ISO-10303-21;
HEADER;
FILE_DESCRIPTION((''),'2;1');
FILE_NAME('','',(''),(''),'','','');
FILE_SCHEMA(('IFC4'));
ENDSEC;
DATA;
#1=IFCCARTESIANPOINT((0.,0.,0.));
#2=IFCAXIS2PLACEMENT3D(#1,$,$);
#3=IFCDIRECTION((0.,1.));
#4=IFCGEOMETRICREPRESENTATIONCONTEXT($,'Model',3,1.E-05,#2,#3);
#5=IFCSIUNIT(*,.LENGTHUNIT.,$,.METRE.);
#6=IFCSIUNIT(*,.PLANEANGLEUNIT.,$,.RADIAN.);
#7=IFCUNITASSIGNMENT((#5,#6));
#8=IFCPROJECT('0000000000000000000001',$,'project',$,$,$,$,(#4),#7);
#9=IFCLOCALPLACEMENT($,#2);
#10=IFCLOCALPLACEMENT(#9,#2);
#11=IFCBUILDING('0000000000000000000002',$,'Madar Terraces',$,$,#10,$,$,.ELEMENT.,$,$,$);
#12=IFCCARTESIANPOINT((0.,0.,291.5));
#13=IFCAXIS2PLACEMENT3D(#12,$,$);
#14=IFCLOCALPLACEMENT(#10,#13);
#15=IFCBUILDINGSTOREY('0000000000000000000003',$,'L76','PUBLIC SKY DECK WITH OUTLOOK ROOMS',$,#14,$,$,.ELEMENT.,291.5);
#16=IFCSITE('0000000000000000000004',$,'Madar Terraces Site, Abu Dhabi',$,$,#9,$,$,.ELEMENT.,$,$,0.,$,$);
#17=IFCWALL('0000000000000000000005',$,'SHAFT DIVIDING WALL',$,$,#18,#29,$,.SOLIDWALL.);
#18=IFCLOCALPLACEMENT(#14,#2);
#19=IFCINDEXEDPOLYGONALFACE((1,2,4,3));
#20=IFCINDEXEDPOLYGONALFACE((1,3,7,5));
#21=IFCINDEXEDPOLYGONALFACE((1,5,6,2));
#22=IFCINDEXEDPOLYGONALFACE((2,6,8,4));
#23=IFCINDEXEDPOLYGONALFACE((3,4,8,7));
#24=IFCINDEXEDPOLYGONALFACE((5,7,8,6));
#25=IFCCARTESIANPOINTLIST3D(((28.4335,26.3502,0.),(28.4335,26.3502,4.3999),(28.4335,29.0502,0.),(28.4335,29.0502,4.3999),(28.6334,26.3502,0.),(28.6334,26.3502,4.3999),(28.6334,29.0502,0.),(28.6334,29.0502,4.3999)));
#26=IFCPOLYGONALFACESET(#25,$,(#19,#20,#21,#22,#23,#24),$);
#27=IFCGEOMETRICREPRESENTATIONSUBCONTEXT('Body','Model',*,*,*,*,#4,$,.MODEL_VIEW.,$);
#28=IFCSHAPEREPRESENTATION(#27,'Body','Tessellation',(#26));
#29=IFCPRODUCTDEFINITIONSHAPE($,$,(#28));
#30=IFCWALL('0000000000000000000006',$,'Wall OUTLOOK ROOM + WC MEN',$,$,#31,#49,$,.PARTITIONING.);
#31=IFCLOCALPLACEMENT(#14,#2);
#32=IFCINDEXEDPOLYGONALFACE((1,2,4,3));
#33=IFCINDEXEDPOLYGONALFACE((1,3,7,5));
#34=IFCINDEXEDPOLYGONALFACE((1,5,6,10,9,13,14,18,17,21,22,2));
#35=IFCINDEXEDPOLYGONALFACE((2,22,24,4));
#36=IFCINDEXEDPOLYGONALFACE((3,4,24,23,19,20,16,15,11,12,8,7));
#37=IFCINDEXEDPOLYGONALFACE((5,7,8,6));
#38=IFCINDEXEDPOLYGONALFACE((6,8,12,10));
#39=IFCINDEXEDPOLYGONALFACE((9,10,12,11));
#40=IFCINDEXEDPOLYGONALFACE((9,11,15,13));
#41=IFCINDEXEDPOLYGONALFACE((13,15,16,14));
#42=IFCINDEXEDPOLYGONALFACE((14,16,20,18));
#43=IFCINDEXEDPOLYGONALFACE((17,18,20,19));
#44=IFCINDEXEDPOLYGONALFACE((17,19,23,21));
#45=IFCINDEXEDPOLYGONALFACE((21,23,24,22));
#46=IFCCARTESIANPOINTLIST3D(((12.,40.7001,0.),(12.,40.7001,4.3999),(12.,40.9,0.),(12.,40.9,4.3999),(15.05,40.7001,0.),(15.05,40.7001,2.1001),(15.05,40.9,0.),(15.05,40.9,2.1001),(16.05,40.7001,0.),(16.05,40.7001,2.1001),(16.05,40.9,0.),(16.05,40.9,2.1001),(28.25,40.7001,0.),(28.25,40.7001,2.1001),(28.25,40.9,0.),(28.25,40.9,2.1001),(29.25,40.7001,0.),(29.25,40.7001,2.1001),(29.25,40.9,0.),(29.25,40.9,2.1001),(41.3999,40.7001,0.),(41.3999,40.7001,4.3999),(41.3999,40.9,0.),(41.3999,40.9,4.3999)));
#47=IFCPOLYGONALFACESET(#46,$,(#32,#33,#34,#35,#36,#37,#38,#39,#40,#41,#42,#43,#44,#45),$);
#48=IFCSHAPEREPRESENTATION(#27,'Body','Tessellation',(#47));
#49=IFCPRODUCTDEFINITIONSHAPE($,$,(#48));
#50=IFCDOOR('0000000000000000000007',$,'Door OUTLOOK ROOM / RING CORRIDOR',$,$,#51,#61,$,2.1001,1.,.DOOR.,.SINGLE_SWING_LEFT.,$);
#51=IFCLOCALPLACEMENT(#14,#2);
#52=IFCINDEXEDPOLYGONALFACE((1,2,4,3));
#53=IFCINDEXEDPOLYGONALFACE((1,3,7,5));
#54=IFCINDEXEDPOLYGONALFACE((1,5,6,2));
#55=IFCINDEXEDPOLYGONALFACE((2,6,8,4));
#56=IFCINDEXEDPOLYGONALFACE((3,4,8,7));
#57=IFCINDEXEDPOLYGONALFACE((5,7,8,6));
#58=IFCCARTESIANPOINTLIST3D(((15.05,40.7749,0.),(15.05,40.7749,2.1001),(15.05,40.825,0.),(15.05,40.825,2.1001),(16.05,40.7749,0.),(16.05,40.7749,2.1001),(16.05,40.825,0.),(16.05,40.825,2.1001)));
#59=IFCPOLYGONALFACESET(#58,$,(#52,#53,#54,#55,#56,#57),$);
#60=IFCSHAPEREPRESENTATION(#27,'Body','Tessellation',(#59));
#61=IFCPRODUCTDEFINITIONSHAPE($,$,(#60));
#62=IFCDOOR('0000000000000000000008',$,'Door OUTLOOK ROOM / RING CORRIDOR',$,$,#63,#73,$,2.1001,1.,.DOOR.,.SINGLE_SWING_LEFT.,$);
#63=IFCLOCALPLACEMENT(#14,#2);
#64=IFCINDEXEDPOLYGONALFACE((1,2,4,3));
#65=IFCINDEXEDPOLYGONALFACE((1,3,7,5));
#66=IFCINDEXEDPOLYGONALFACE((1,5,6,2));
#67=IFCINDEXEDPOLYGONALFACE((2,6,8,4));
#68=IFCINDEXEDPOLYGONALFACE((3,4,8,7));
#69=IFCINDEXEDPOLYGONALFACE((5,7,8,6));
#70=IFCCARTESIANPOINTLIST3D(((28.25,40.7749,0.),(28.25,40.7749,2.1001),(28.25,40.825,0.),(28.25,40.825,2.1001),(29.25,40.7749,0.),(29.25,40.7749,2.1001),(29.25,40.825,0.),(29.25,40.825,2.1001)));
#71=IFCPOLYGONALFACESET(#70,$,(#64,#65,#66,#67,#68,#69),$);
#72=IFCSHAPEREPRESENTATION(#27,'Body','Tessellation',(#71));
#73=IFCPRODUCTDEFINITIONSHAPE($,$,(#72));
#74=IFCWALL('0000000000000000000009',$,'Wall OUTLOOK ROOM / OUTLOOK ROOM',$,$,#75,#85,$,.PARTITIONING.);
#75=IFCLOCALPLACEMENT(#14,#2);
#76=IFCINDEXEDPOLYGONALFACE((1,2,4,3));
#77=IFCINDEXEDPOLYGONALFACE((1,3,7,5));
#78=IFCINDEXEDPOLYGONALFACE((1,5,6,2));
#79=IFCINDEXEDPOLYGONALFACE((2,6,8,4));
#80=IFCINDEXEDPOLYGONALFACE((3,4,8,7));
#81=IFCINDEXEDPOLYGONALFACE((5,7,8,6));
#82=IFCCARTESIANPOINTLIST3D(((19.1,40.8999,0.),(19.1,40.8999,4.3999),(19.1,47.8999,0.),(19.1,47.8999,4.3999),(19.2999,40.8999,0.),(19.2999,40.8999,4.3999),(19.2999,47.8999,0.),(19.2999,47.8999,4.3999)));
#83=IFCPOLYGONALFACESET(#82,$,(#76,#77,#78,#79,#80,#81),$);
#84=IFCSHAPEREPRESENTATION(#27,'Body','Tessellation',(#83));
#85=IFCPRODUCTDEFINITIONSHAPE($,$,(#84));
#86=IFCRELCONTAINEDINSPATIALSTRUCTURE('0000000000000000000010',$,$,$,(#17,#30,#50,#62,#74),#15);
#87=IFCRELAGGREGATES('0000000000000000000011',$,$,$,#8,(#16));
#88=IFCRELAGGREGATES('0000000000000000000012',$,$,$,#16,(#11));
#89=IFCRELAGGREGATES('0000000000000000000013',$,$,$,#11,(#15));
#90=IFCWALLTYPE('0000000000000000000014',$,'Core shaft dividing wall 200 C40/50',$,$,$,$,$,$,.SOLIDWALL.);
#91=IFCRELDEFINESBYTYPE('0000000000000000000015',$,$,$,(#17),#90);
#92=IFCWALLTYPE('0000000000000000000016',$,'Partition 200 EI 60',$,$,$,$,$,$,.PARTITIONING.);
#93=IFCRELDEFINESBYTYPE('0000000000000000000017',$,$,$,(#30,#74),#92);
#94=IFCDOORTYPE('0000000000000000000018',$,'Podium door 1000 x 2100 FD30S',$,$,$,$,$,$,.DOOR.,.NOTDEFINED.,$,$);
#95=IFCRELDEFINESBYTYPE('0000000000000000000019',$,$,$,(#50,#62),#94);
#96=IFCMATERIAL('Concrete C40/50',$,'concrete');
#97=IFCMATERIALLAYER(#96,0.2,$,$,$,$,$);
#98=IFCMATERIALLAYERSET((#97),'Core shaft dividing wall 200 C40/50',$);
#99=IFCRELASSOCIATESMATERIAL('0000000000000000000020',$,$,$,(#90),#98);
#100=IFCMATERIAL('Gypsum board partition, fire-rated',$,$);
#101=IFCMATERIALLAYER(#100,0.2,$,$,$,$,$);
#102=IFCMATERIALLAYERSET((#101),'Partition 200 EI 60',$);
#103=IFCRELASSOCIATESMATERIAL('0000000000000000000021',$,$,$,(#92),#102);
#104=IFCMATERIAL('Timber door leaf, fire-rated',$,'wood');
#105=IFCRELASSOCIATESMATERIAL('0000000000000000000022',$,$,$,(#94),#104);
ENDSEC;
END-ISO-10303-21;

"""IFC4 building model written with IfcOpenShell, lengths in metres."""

from ifc_helpers import new_model, si_unit, direction, frame, frame_2d, origin, place, context, subcontext, project, spatial, rectangle, extrude, material, layer, layer_set, type_object, element, fill, save


model = new_model("IFC4")

# Units and contexts
model_context = context("Model", 3, precision=1e-05, world=origin(), true_north=direction((0.0, 1.0)))
body_context = subcontext(model_context, "Body", "Model", "MODEL_VIEW")
ifc_project = project(units=[si_unit("LENGTHUNIT", "METRE"), si_unit("PLANEANGLEUNIT", "RADIAN")], contexts=[model_context])

# Site, building, storey
site_placement = place(None, origin())
site = spatial("IfcSite", under=ifc_project, at=site_placement, Name="Madar Terraces Site, Abu Dhabi", CompositionType="ELEMENT", RefElevation=0.0)
building_placement = place(site_placement, origin())
building = spatial("IfcBuilding", under=site, at=building_placement, Name="Madar Terraces", CompositionType="ELEMENT")
storey_placement = place(building_placement, frame((0.0, 0.0, 291.5)))
storey = spatial("IfcBuildingStorey", under=building, at=storey_placement, Name="L76", Description="PUBLIC SKY DECK WITH OUTLOOK ROOMS", CompositionType="ELEMENT", Elevation=291.5)

# Wall
ifc_material_1 = material(Name="Concrete C40/50", Category="concrete")
ifc_layer_1 = layer(ifc_material_1, 0.2)
ifc_layer_set_1 = layer_set([ifc_layer_1], Name="Core shaft dividing wall 200 C40/50")
wall_type_1 = type_object("IfcWallType", Name="Core shaft dividing wall 200 C40/50", PredefinedType="SOLIDWALL", material=ifc_layer_set_1)
wall_1_placement = place(storey_placement, frame((28.5334, 26.3501, 0.0), z_axis=(0.0, 0.0, 1.0), x_axis=(0.0, 1.0, 0.0)))
element("IfcWall", 1, at=wall_1_placement, inside=storey, type_object=wall_type_1, Name="SHAFT DIVIDING WALL", PredefinedType="SOLIDWALL", context=body_context, shape_type="SweptSolid", body=[
    extrude(rectangle(XDim=2.7, YDim=0.2, at=frame_2d((1.3501, 0.0))), origin(), (0.0, 0.0, 1.0), 4.3999),
])

# Wall, openings, doors
ifc_material_2 = material(Name="Gypsum board partition, fire-rated")
ifc_layer_2 = layer(ifc_material_2, 0.2)
ifc_layer_set_2 = layer_set([ifc_layer_2], Name="Partition 200 EI 60")
wall_type_2 = type_object("IfcWallType", Name="Partition 200 EI 60", PredefinedType="PARTITIONING", material=ifc_layer_set_2)
wall_2_placement = place(storey_placement, frame((12.0, 40.8, 0.0), z_axis=(0.0, 0.0, 1.0), x_axis=(1.0, 0.0, 0.0)))
wall_2 = element("IfcWall", 2, at=wall_2_placement, inside=storey, type_object=wall_type_2, Name="Wall OUTLOOK ROOM + WC MEN", PredefinedType="PARTITIONING", context=body_context, shape_type="SweptSolid", body=[
    extrude(rectangle(XDim=29.3999, YDim=0.2, at=frame_2d((14.7, 0.0))), origin(), (0.0, 0.0, 1.0), 4.3999),
])
opening_1_placement = place(wall_2_placement, frame((3.05, 0.0, 0.0)))
opening_1 = element("IfcOpeningElement", 3, at=opening_1_placement, cuts=wall_2, PredefinedType="OPENING", context=body_context, shape_type="SweptSolid", body=[
    extrude(rectangle(XDim=1.0, YDim=2.1001, at=frame_2d((0.5, 1.05))), frame((0.0, 0.1099, 0.0), z_axis=(0.0, -1.0, 0.0), x_axis=(1.0, 0.0, 0.0)), (0.0, 0.0, 1.0), 0.22),
])
opening_2_placement = place(wall_2_placement, frame((16.25, 0.0, 0.0)))
opening_2 = element("IfcOpeningElement", 4, at=opening_2_placement, cuts=wall_2, PredefinedType="OPENING", context=body_context, shape_type="SweptSolid", body=[
    extrude(rectangle(XDim=1.0, YDim=2.1001, at=frame_2d((0.5, 1.05))), frame((0.0, 0.1099, 0.0), z_axis=(0.0, -1.0, 0.0), x_axis=(1.0, 0.0, 0.0)), (0.0, 0.0, 1.0), 0.22),
])
ifc_material_3 = material(Name="Timber door leaf, fire-rated", Category="wood")
door_type_1 = type_object("IfcDoorType", Name="Podium door 1000 x 2100 FD30S", OperationType="NOTDEFINED", PredefinedType="DOOR", material=ifc_material_3)
door_1_placement = place(opening_1_placement, origin())
door_1 = element("IfcDoor", 5, at=door_1_placement, inside=storey, type_object=door_type_1, Name="Door OUTLOOK ROOM / RING CORRIDOR", OperationType="SINGLE_SWING_LEFT", OverallHeight=2.1001, OverallWidth=1.0, PredefinedType="DOOR", context=body_context, shape_type="SweptSolid", body=[
    extrude(rectangle(XDim=1.0, YDim=2.1001, at=frame_2d((0.5, 1.05))), frame((0.0, 0.0249, 0.0), z_axis=(0.0, -1.0, 0.0), x_axis=(1.0, 0.0, 0.0)), (0.0, 0.0, 1.0), 0.05),
])
fill(opening_1, door_1)
door_2_placement = place(opening_2_placement, origin())
door_2 = element("IfcDoor", 6, at=door_2_placement, inside=storey, type_object=door_type_1, Name="Door OUTLOOK ROOM / RING CORRIDOR", OperationType="SINGLE_SWING_LEFT", OverallHeight=2.1001, OverallWidth=1.0, PredefinedType="DOOR", context=body_context, shape_type="SweptSolid", body=[
    extrude(rectangle(XDim=1.0, YDim=2.1001, at=frame_2d((0.5, 1.05))), frame((0.0, 0.0249, 0.0), z_axis=(0.0, -1.0, 0.0), x_axis=(1.0, 0.0, 0.0)), (0.0, 0.0, 1.0), 0.05),
])
fill(opening_2, door_2)

# Wall
wall_3_placement = place(storey_placement, frame((19.2, 40.8999, 0.0), z_axis=(0.0, 0.0, 1.0), x_axis=(0.0, 1.0, 0.0)))
element("IfcWall", 7, at=wall_3_placement, inside=storey, type_object=wall_type_2, Name="Wall OUTLOOK ROOM / OUTLOOK ROOM", PredefinedType="PARTITIONING", context=body_context, shape_type="SweptSolid", body=[
    extrude(rectangle(XDim=7.0, YDim=0.2, at=frame_2d((3.5, 0.0))), origin(), (0.0, 0.0, 1.0), 4.3999),
])

save(model, "model.ifc")
